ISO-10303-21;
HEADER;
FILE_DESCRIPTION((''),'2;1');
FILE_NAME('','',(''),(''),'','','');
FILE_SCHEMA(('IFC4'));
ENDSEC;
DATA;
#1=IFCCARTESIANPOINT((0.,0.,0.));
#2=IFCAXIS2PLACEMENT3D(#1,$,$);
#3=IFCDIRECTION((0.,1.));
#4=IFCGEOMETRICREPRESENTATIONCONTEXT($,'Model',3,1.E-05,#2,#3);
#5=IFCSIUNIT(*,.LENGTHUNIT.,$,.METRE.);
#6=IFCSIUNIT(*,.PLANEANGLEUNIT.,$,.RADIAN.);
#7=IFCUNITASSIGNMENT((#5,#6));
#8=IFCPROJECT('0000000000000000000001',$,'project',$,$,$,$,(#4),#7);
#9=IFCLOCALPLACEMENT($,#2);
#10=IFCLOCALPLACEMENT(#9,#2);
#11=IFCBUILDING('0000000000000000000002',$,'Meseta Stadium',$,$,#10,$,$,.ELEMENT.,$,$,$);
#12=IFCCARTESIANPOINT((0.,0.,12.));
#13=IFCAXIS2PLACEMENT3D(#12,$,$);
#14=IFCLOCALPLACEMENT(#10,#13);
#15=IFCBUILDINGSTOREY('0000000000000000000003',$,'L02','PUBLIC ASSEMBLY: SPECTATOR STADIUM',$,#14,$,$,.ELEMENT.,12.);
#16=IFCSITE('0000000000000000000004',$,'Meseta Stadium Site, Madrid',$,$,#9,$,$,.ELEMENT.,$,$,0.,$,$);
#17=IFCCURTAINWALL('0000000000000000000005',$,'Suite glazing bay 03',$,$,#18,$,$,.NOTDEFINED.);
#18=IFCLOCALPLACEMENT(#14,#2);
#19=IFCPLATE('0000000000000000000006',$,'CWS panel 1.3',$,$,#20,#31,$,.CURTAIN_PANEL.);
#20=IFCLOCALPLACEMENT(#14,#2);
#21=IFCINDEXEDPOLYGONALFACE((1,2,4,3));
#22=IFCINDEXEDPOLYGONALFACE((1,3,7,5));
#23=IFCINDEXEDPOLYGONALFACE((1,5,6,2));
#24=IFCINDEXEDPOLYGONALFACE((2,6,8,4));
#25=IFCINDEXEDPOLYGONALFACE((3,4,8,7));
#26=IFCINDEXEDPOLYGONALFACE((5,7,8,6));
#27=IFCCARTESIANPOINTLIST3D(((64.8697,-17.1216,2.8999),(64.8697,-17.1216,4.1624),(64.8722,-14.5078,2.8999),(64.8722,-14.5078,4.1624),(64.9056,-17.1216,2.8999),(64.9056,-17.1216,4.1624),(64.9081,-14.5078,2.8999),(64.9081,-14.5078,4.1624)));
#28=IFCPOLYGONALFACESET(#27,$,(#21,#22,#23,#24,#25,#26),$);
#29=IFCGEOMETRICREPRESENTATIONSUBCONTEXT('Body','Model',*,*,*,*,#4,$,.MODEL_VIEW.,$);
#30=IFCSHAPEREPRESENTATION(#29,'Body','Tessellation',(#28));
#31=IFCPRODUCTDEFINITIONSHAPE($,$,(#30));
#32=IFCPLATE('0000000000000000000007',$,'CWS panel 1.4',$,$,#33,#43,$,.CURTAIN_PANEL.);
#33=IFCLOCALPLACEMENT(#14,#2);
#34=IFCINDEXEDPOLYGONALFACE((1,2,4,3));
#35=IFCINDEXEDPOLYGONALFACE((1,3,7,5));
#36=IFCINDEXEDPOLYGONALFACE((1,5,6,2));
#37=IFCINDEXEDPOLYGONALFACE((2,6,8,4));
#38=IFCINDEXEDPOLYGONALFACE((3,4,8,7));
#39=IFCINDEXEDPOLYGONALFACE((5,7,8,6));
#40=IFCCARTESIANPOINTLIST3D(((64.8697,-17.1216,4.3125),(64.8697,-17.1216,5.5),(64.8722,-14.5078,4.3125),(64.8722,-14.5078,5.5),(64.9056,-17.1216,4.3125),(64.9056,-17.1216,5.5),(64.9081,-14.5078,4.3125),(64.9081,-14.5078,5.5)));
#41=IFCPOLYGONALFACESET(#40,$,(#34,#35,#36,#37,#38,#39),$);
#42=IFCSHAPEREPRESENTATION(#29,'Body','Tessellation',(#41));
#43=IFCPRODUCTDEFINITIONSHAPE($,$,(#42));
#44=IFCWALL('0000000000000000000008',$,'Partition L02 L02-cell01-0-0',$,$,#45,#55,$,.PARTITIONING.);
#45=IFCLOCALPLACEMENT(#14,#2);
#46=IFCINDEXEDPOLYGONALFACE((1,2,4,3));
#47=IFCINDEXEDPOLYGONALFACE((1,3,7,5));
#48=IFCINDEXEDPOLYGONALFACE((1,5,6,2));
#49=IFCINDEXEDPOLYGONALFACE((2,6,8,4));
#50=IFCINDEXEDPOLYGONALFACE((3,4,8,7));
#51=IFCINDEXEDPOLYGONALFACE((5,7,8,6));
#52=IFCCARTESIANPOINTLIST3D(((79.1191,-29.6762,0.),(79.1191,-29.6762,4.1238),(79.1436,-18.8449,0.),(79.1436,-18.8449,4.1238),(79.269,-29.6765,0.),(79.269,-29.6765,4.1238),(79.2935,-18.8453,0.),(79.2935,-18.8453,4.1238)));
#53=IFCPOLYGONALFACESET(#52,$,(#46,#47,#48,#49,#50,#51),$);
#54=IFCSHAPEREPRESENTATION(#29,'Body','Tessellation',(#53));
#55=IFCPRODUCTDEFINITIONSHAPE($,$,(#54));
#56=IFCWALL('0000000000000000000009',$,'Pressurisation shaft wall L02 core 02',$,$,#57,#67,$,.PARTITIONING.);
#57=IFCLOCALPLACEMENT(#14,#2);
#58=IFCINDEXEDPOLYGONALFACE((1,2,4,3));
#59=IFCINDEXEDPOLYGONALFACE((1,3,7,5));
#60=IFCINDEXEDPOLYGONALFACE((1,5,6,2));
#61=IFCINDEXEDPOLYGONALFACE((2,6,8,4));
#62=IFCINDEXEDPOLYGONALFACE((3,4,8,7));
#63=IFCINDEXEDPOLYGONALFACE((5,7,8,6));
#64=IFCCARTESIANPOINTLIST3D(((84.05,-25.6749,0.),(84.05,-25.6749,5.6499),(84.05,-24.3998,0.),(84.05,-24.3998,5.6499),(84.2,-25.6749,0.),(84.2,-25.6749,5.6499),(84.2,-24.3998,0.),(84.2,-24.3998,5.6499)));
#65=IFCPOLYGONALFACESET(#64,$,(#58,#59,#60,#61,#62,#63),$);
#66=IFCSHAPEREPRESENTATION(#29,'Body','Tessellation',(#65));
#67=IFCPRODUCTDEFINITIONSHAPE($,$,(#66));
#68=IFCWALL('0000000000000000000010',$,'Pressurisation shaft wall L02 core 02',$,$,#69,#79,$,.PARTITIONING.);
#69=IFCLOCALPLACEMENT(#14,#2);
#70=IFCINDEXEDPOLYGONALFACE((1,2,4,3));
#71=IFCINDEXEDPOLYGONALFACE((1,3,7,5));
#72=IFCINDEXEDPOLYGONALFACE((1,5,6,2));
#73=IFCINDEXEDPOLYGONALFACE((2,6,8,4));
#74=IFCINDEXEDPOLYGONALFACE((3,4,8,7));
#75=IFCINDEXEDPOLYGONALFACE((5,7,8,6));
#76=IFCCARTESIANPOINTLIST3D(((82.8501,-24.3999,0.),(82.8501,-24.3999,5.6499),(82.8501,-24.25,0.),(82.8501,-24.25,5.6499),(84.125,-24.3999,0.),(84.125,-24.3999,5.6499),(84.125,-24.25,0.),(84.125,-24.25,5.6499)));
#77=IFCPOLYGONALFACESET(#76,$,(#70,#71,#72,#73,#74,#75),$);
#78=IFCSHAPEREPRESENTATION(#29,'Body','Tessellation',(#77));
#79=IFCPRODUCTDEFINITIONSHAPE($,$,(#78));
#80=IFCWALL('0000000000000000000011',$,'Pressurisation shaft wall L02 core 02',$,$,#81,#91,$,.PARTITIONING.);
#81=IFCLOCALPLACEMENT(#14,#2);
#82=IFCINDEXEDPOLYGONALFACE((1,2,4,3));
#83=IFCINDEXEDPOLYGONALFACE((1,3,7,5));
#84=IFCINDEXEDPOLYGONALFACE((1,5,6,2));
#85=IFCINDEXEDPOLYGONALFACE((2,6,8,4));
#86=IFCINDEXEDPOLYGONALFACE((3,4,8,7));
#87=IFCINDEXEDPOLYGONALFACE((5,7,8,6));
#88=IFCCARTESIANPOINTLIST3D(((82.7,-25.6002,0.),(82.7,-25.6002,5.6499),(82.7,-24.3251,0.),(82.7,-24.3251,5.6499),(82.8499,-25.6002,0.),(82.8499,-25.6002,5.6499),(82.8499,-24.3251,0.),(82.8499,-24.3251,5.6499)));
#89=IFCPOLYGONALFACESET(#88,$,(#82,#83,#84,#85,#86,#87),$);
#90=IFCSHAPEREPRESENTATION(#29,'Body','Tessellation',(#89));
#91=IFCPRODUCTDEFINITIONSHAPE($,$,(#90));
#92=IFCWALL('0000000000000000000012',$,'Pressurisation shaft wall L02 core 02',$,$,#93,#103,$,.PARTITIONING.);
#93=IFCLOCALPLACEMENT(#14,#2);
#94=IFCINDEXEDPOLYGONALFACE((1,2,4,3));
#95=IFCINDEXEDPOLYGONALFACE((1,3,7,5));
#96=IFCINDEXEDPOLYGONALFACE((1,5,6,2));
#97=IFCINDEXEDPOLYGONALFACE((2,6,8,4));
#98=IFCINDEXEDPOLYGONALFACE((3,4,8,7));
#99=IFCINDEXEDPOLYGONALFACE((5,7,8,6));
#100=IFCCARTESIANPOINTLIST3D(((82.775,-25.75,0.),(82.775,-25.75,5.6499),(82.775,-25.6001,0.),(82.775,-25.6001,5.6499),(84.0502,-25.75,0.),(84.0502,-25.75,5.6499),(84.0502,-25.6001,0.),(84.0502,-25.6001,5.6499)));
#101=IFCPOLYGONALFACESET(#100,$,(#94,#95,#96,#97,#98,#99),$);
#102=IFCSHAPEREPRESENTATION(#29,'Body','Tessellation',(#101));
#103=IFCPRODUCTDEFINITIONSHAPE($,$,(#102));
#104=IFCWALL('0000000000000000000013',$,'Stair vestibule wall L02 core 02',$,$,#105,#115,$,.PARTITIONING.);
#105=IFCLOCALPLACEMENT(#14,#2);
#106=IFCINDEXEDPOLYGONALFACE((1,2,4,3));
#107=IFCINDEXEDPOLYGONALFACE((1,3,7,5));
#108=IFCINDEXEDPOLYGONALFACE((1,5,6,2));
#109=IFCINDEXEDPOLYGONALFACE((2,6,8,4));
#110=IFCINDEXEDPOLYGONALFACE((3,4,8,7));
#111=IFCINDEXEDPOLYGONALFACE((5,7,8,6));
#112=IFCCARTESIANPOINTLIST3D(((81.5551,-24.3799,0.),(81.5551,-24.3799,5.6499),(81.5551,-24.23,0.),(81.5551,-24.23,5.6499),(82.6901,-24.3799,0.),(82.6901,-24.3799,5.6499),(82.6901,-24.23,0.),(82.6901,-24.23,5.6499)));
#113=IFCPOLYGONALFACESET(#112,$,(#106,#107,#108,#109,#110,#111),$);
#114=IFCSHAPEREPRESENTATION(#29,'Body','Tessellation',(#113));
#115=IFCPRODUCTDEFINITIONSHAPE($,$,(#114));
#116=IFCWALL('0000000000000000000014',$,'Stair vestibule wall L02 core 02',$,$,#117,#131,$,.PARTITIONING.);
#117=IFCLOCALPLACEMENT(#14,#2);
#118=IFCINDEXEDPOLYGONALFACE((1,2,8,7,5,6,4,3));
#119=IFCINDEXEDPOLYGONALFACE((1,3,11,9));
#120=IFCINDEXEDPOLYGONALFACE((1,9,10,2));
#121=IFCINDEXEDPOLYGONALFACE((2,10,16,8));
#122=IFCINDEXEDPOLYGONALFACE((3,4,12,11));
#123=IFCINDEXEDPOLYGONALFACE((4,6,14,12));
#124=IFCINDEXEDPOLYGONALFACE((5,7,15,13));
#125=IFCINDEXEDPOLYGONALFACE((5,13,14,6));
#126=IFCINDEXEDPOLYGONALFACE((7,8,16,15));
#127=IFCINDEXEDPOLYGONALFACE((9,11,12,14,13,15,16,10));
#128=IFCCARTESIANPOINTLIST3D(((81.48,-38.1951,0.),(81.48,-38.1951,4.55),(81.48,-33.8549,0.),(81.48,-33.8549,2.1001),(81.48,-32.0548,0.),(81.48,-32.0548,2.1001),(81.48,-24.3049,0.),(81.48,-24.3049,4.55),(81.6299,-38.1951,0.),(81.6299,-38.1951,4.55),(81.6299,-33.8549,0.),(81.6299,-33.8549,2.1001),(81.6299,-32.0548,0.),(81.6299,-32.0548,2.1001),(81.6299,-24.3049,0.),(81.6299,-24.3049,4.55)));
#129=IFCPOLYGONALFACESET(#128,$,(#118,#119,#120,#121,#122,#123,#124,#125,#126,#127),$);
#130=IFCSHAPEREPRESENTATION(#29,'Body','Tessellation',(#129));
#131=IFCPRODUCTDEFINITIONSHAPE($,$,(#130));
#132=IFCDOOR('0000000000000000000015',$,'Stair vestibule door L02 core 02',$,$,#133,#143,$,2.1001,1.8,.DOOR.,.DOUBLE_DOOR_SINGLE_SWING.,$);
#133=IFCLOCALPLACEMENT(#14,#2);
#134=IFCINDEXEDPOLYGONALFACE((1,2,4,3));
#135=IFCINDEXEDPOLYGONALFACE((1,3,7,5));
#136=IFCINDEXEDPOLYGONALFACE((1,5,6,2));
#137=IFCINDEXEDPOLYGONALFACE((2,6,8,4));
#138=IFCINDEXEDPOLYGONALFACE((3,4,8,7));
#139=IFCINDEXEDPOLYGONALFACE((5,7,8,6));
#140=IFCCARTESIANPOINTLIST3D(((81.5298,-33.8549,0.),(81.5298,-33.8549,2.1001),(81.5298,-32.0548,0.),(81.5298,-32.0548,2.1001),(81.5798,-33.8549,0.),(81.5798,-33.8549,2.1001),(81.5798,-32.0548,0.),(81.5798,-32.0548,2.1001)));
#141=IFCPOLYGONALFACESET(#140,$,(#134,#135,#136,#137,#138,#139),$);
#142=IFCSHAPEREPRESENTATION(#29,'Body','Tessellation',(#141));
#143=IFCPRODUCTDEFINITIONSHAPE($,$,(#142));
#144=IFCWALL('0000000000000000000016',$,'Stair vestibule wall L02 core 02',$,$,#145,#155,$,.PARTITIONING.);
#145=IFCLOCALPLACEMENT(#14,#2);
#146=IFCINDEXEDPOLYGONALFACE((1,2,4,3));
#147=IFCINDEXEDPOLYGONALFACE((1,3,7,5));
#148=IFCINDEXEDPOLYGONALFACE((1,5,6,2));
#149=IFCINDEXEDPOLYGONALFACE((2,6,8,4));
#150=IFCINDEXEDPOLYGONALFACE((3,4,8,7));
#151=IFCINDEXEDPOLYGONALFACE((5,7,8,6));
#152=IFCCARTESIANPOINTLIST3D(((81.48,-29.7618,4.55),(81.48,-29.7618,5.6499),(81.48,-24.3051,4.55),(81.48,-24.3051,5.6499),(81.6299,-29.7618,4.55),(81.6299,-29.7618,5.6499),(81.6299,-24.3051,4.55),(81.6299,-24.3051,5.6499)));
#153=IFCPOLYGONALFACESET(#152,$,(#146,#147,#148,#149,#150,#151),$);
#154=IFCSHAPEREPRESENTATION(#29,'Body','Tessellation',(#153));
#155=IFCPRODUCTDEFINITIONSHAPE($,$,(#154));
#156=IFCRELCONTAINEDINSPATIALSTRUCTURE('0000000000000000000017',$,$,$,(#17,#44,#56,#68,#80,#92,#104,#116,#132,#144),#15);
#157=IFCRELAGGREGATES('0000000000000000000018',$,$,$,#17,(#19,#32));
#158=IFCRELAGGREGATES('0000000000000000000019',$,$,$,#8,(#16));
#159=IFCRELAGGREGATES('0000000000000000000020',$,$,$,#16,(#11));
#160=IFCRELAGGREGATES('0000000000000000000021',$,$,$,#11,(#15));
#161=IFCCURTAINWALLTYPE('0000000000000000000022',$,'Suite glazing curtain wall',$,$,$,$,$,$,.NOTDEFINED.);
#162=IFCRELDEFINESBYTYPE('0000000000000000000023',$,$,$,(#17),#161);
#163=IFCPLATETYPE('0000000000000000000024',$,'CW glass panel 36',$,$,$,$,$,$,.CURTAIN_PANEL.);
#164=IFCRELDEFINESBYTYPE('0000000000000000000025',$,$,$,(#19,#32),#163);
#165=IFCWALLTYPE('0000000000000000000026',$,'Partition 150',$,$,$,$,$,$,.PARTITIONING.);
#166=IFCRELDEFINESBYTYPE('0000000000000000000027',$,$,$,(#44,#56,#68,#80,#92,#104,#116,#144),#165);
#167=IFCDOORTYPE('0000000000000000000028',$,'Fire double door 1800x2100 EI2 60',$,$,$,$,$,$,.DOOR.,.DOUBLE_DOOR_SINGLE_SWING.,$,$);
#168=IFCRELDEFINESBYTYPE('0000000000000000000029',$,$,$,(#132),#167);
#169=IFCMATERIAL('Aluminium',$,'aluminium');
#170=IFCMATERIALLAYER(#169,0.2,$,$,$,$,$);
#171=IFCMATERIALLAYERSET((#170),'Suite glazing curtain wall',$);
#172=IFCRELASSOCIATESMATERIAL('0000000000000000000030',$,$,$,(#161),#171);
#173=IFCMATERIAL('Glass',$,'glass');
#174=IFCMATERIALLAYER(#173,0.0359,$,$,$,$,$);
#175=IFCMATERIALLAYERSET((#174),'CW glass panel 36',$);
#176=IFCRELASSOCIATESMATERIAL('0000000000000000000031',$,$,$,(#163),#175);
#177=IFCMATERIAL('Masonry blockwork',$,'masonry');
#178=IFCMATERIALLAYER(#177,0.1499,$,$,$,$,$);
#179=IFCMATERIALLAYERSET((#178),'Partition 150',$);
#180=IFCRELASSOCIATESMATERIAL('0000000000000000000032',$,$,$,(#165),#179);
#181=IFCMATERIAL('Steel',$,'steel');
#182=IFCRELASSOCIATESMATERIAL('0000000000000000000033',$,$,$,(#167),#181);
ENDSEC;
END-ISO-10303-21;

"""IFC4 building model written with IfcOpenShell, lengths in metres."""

from ifc_helpers import new_model, si_unit, direction, frame, frame_2d, origin, origin_2d, place, context, subcontext, project, spatial, rectangle, extrude, material, layer, layer_set, type_object, element, fill, aggregate, save


model = new_model("IFC4")

# Units and contexts
model_context = context("Model", 3, precision=1e-05, world=origin(), true_north=direction((0.0, 1.0)))
body_context = subcontext(model_context, "Body", "Model", "MODEL_VIEW")
ifc_project = project(units=[si_unit("LENGTHUNIT", "METRE"), si_unit("PLANEANGLEUNIT", "RADIAN")], contexts=[model_context])

# Site, building, storey
site_placement = place(None, origin())
site = spatial("IfcSite", under=ifc_project, at=site_placement, Name="Meseta Stadium Site, Madrid", CompositionType="ELEMENT", RefElevation=0.0)
building_placement = place(site_placement, origin())
building = spatial("IfcBuilding", under=site, at=building_placement, Name="Meseta Stadium", CompositionType="ELEMENT")
storey_placement = place(building_placement, frame((0.0, 0.0, 12.0)))
storey = spatial("IfcBuildingStorey", under=building, at=storey_placement, Name="L02", Description="PUBLIC ASSEMBLY: SPECTATOR STADIUM", CompositionType="ELEMENT", Elevation=12.0)

# Shared definitions
ifc_material_1 = material(Name="Aluminium", Category="aluminium")
ifc_layer_1 = layer(ifc_material_1, 0.2)
ifc_layer_set_1 = layer_set([ifc_layer_1], Name="Suite glazing curtain wall")
curtain_wall_type = type_object("IfcCurtainWallType", Name="Suite glazing curtain wall", PredefinedType="NOTDEFINED", material=ifc_layer_set_1)

# Curtain wall
curtain_wall_1_placement = place(storey_placement, origin())
curtain_wall_1 = element("IfcCurtainWall", 1, at=curtain_wall_1_placement, inside=storey, type_object=curtain_wall_type, Name="Suite glazing bay 03", PredefinedType="NOTDEFINED")

# Plates
ifc_material_2 = material(Name="Glass", Category="glass")
ifc_layer_2 = layer(ifc_material_2, 0.0359)
ifc_layer_set_2 = layer_set([ifc_layer_2], Name="CW glass panel 36")
plate_type = type_object("IfcPlateType", Name="CW glass panel 36", PredefinedType="CURTAIN_PANEL", material=ifc_layer_set_2)
plate_1_placement = place(storey_placement, frame((64.8889, -15.8147, 2.8999), z_axis=(0.0, 0.0, 1.0), x_axis=(0.000975, 1.0, 0.0)))
plate_1 = element("IfcPlate", 2, at=plate_1_placement, type_object=plate_type, Name="CWS panel 1.3", PredefinedType="CURTAIN_PANEL", context=body_context, shape_type="SweptSolid", body=[
    extrude(rectangle(XDim=2.6138, YDim=0.0359, at=origin_2d()), origin(), (0.0, 0.0, 1.0), 1.2625),
])
plate_2_placement = place(storey_placement, frame((64.8889, -15.8147, 4.3125), z_axis=(0.0, 0.0, 1.0), x_axis=(0.000975, 1.0, 0.0)))
plate_2 = element("IfcPlate", 3, at=plate_2_placement, type_object=plate_type, Name="CWS panel 1.4", PredefinedType="CURTAIN_PANEL", context=body_context, shape_type="SweptSolid", body=[
    extrude(rectangle(XDim=2.6138, YDim=0.0359, at=origin_2d()), origin(), (0.0, 0.0, 1.0), 1.1875),
])
aggregate(curtain_wall_1, [plate_1, plate_2])

# Walls
ifc_material_3 = material(Name="Masonry blockwork", Category="masonry")
ifc_layer_3 = layer(ifc_material_3, 0.1499)
ifc_layer_set_3 = layer_set([ifc_layer_3], Name="Partition 150")
wall_type = type_object("IfcWallType", Name="Partition 150", PredefinedType="PARTITIONING", material=ifc_layer_set_3)
wall_1_placement = place(storey_placement, frame((79.2185, -18.8452, 0.0), z_axis=(0.0, 0.0, 1.0), x_axis=(-0.002254, -0.999997, 0.0)))
element("IfcWall", 4, at=wall_1_placement, inside=storey, type_object=wall_type, Name="Partition L02 L02-cell01-0-0", PredefinedType="PARTITIONING", context=body_context, shape_type="SweptSolid", body=[
    extrude(rectangle(XDim=10.8313, YDim=0.1499, at=frame_2d((5.4155, 0.0))), origin(), (0.0, 0.0, 1.0), 4.1238),
])
wall_2_placement = place(storey_placement, frame((84.125, -25.675, 0.0), z_axis=(0.0, 0.0, 1.0), x_axis=(0.0, 1.0, 0.0)))
element("IfcWall", 5, at=wall_2_placement, inside=storey, type_object=wall_type, Name="Pressurisation shaft wall L02 core 02", PredefinedType="PARTITIONING", context=body_context, shape_type="SweptSolid", body=[
    extrude(rectangle(XDim=1.2751, YDim=0.1499, at=frame_2d((0.6377, 0.0))), origin(), (0.0, 0.0, 1.0), 5.6499),
])
wall_3_placement = place(storey_placement, frame((84.125, -24.325, 0.0), z_axis=(0.0, 0.0, 1.0), x_axis=(-1.0, 0.0, 0.0)))
element("IfcWall", 6, at=wall_3_placement, inside=storey, type_object=wall_type, Name="Pressurisation shaft wall L02 core 02", PredefinedType="PARTITIONING", context=body_context, shape_type="SweptSolid", body=[
    extrude(rectangle(XDim=1.2749, YDim=0.1499, at=frame_2d((0.6375, 0.0))), origin(), (0.0, 0.0, 1.0), 5.6499),
])
for number, where, z_axis, x_axis, name in (
    (7, (82.7749, -24.325, 0.0), (0.0, 0.0, 1.0), (0.0, -1.0, 0.0), "Pressurisation shaft wall L02 core 02"),
    (8, (82.7749, -25.675, 0.0), (0.0, 0.0, 1.0), (1.0, 0.0, 0.0), "Pressurisation shaft wall L02 core 02"),
):
    element("IfcWall", number, at=place(storey_placement, frame(where, z_axis=z_axis, x_axis=x_axis)), inside=storey, type_object=wall_type, Name=name, PredefinedType="PARTITIONING", context=body_context, shape_type="SweptSolid", body=[
        extrude(rectangle(XDim=1.2751, YDim=0.1499, at=frame_2d((0.6377, 0.0))), origin(), (0.0, 0.0, 1.0), 5.6499),
    ])
wall_4_placement = place(storey_placement, frame((82.6899, -24.3049, 0.0), z_axis=(0.0, 0.0, 1.0), x_axis=(-1.0, 0.0, 0.0)))
element("IfcWall", 9, at=wall_4_placement, inside=storey, type_object=wall_type, Name="Stair vestibule wall L02 core 02", PredefinedType="PARTITIONING", context=body_context, shape_type="SweptSolid", body=[
    extrude(rectangle(XDim=1.135, YDim=0.1499, at=frame_2d((0.5674, 0.0))), origin(), (0.0, 0.0, 1.0), 5.6499),
])

# Wall, opening, door
wall_5_placement = place(storey_placement, frame((81.5549, -24.3049, 0.0), z_axis=(0.0, 0.0, 1.0), x_axis=(0.0, -1.0, 0.0)))
wall_5 = element("IfcWall", 10, at=wall_5_placement, inside=storey, type_object=wall_type, Name="Stair vestibule wall L02 core 02", PredefinedType="PARTITIONING", context=body_context, shape_type="SweptSolid", body=[
    extrude(rectangle(XDim=13.8901, YDim=0.1499, at=frame_2d((6.9451, 0.0))), origin(), (0.0, 0.0, 1.0), 4.55),
])
opening_placement = place(wall_5_placement, frame((7.75, 0.0, 0.0)))
opening = element("IfcOpeningElement", 11, at=opening_placement, cuts=wall_5, PredefinedType="OPENING", context=body_context, shape_type="SweptSolid", body=[
    extrude(rectangle(XDim=1.8, YDim=2.1001, at=frame_2d((0.8999, 1.05))), frame((0.0, 0.085, 0.0), z_axis=(0.0, -1.0, 0.0), x_axis=(1.0, 0.0, 0.0)), (0.0, 0.0, 1.0), 0.1699),
])
ifc_material_4 = material(Name="Steel", Category="steel")
door_type = type_object("IfcDoorType", Name="Fire double door 1800x2100 EI2 60", OperationType="DOUBLE_DOOR_SINGLE_SWING", PredefinedType="DOOR", material=ifc_material_4)
door_placement = place(opening_placement, origin())
door = element("IfcDoor", 12, at=door_placement, inside=storey, type_object=door_type, Name="Stair vestibule door L02 core 02", OperationType="DOUBLE_DOOR_SINGLE_SWING", OverallHeight=2.1001, OverallWidth=1.8, PredefinedType="DOOR", context=body_context, shape_type="SweptSolid", body=[
    extrude(rectangle(XDim=1.8, YDim=2.1001, at=frame_2d((0.8999, 1.05))), frame((0.0, 0.0249, 0.0), z_axis=(0.0, -1.0, 0.0), x_axis=(1.0, 0.0, 0.0)), (0.0, 0.0, 1.0), 0.05),
])
fill(opening, door)

# Wall
wall_6_placement = place(storey_placement, frame((81.5549, -24.3049, 4.55), z_axis=(0.0, 0.0, 1.0), x_axis=(0.0, -1.0, 0.0)))
element("IfcWall", 13, at=wall_6_placement, inside=storey, type_object=wall_type, Name="Stair vestibule wall L02 core 02", PredefinedType="PARTITIONING", context=body_context, shape_type="SweptSolid", body=[
    extrude(rectangle(XDim=5.4568, YDim=0.1499, at=frame_2d((2.7285, 0.0))), origin(), (0.0, 0.0, 1.0), 1.0999),
])

save(model, "model.ifc")
